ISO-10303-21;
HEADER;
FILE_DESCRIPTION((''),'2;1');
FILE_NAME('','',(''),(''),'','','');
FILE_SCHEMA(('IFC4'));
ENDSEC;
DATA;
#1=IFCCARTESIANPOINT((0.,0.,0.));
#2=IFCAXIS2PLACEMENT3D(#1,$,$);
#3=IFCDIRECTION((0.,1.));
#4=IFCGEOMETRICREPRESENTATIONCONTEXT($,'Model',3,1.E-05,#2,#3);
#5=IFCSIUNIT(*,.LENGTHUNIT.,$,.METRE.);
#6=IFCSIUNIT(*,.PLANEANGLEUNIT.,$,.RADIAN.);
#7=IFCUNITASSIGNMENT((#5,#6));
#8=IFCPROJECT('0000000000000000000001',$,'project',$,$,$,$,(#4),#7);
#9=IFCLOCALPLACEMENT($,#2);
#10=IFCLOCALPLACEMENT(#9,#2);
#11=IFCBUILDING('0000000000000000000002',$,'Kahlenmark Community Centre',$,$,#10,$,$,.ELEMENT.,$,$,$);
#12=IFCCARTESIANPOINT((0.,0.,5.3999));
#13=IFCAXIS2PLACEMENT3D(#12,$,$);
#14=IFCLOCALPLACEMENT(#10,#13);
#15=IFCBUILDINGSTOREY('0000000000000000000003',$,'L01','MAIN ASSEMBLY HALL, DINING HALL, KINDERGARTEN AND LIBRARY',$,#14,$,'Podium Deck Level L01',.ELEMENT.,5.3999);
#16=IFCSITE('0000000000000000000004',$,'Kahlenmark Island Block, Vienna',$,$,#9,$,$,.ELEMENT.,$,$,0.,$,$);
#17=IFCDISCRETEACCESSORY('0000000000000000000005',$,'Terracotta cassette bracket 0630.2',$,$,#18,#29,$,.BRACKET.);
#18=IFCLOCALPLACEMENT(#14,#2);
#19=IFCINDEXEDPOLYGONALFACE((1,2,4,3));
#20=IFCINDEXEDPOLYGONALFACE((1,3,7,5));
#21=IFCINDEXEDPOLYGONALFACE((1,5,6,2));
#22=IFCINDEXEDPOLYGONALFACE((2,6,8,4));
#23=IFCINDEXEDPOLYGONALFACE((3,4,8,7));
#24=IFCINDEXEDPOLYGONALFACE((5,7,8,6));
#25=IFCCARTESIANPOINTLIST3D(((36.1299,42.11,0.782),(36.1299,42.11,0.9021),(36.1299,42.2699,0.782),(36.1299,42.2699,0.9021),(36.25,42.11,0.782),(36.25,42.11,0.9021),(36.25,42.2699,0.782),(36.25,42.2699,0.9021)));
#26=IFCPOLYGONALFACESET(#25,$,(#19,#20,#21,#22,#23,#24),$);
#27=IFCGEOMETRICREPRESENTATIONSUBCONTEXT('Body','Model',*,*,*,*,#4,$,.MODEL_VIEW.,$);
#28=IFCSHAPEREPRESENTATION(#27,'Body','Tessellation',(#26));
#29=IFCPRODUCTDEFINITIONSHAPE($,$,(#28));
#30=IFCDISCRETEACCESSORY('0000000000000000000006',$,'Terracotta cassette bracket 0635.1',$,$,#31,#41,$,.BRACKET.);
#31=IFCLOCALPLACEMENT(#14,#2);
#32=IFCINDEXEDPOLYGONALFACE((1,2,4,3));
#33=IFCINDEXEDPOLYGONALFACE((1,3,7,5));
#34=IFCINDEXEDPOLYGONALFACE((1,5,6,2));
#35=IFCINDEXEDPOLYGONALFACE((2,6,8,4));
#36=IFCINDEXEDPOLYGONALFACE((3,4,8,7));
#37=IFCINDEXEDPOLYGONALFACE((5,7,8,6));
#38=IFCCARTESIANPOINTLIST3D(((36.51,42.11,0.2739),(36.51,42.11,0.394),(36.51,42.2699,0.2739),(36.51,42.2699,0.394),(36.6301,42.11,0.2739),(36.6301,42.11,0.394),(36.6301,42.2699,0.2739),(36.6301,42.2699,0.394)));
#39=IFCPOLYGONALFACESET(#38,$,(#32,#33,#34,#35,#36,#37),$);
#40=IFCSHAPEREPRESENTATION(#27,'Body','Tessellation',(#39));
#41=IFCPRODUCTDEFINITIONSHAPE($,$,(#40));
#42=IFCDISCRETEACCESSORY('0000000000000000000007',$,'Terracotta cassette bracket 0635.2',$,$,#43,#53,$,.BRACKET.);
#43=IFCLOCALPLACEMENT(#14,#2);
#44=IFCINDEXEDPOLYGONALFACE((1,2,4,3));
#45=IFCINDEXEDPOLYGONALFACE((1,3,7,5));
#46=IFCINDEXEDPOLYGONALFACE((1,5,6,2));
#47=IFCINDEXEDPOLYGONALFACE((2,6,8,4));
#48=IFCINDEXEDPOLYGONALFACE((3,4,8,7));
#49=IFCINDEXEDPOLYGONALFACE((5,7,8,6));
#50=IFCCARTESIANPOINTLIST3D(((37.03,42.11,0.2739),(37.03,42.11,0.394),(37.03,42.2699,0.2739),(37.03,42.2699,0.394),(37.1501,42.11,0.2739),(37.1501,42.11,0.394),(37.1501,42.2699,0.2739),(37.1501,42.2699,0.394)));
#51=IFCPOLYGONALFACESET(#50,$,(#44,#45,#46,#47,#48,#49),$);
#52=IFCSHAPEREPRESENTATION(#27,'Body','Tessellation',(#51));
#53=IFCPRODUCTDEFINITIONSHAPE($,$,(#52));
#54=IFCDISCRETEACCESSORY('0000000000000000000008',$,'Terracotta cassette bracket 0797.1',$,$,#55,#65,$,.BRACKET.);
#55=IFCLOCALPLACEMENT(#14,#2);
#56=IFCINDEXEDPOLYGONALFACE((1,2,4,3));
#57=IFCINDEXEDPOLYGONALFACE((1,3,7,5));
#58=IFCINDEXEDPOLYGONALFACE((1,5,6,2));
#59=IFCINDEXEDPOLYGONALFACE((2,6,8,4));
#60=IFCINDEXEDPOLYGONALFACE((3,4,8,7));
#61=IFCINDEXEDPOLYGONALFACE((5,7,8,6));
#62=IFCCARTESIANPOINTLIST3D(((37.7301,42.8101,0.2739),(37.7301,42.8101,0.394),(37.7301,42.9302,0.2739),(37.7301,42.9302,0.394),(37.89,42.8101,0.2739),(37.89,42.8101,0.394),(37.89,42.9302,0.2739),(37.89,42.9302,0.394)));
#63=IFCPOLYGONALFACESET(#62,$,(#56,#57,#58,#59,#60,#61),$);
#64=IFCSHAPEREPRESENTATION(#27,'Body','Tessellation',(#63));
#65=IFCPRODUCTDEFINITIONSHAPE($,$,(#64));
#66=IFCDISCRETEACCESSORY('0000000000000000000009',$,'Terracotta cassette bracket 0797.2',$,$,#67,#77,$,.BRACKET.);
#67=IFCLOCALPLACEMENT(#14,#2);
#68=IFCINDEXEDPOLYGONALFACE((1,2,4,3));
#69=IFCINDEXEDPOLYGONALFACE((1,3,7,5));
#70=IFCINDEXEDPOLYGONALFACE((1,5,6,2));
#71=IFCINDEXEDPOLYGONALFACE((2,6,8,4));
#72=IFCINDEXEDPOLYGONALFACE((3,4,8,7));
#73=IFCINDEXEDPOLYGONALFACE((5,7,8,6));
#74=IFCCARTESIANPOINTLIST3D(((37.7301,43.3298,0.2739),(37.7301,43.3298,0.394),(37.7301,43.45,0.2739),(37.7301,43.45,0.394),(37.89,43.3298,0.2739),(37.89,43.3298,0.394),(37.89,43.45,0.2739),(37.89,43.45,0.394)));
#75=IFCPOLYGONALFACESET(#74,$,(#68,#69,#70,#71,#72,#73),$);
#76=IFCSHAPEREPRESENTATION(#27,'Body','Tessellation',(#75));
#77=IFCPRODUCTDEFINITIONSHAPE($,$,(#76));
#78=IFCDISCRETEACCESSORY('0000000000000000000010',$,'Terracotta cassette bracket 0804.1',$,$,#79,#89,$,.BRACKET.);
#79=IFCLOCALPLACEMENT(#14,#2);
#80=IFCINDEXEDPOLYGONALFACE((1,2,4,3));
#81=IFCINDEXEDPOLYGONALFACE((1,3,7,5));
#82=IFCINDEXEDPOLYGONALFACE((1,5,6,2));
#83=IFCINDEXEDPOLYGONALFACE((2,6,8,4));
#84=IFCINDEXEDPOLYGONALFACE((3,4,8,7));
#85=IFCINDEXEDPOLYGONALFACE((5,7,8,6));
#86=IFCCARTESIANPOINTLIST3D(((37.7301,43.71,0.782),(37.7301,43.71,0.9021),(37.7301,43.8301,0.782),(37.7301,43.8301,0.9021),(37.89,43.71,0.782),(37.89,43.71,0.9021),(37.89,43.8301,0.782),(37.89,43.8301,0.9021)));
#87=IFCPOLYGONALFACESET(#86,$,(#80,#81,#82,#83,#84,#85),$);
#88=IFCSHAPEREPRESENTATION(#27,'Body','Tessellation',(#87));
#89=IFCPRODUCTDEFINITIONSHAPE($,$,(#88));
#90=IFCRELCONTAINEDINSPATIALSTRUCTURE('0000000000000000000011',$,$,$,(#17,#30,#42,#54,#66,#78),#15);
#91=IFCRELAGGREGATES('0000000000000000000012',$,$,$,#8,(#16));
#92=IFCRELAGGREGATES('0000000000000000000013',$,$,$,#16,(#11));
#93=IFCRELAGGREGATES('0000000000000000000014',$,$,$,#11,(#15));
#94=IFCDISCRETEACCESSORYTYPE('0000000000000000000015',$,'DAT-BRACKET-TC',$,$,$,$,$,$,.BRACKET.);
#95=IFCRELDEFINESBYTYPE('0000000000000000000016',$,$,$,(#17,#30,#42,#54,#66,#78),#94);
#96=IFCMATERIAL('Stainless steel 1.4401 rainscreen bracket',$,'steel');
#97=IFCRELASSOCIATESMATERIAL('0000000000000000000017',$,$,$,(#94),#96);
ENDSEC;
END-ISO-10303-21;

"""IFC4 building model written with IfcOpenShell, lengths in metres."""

from ifc_helpers import new_model, si_unit, direction, frame, origin, origin_2d, place, context, subcontext, project, spatial, rectangle, extrude, material, type_object, element, save


model = new_model("IFC4")

# Units and contexts
model_context = context("Model", 3, precision=1e-05, world=origin(), true_north=direction((0.0, 1.0)))
body_context = subcontext(model_context, "Body", "Model", "MODEL_VIEW")
ifc_project = project(units=[si_unit("LENGTHUNIT", "METRE"), si_unit("PLANEANGLEUNIT", "RADIAN")], contexts=[model_context])

# Site, building, storey
site_placement = place(None, origin())
site = spatial("IfcSite", under=ifc_project, at=site_placement, Name="Kahlenmark Island Block, Vienna", CompositionType="ELEMENT", RefElevation=0.0)
building_placement = place(site_placement, origin())
building = spatial("IfcBuilding", under=site, at=building_placement, Name="Kahlenmark Community Centre", CompositionType="ELEMENT")
storey_placement = place(building_placement, frame((0.0, 0.0, 5.3999)))
storey = spatial("IfcBuildingStorey", under=building, at=storey_placement, Name="L01", Description="MAIN ASSEMBLY HALL, DINING HALL, KINDERGARTEN AND LIBRARY", LongName="Podium Deck Level L01", CompositionType="ELEMENT", Elevation=5.3999)

# Discrete accessories
ifc_material_1 = material(Name="Stainless steel 1.4401 rainscreen bracket", Category="steel")
discrete_accessory_type = type_object("IfcDiscreteAccessoryType", Name="DAT-BRACKET-TC", PredefinedType="BRACKET", material=ifc_material_1)
for number, where, z_axis, x_axis, name in (
    (1, (36.1899, 42.1899, 0.782), (0.0, 0.0, 1.0), (1.0, 0.0, 0.0), "Terracotta cassette bracket 0630.2"),
    (2, (36.5701, 42.1899, 0.2739), (0.0, 0.0, 1.0), (1.0, 0.0, 0.0), "Terracotta cassette bracket 0635.1"),
    (3, (37.0901, 42.1899, 0.2739), (0.0, 0.0, 1.0), (1.0, 0.0, 0.0), "Terracotta cassette bracket 0635.2"),
    (4, (37.8101, 42.8701, 0.2739), (0.0, 0.0, 1.0), (0.0, 1.0, 0.0), "Terracotta cassette bracket 0797.1"),
    (5, (37.8101, 43.3899, 0.2739), (0.0, 0.0, 1.0), (0.0, 1.0, 0.0), "Terracotta cassette bracket 0797.2"),
    (6, (37.8101, 43.77, 0.782), (0.0, 0.0, 1.0), (0.0, 1.0, 0.0), "Terracotta cassette bracket 0804.1"),
):
    element("IfcDiscreteAccessory", number, at=place(storey_placement, frame(where, z_axis=z_axis, x_axis=x_axis)), inside=storey, type_object=discrete_accessory_type, Name=name, PredefinedType="BRACKET", context=body_context, shape_type="SweptSolid", body=[
        extrude(rectangle(XDim=0.1201, YDim=0.1599, at=origin_2d()), origin(), (0.0, 0.0, 1.0), 0.1201),
    ])

save(model, "model.ifc")
